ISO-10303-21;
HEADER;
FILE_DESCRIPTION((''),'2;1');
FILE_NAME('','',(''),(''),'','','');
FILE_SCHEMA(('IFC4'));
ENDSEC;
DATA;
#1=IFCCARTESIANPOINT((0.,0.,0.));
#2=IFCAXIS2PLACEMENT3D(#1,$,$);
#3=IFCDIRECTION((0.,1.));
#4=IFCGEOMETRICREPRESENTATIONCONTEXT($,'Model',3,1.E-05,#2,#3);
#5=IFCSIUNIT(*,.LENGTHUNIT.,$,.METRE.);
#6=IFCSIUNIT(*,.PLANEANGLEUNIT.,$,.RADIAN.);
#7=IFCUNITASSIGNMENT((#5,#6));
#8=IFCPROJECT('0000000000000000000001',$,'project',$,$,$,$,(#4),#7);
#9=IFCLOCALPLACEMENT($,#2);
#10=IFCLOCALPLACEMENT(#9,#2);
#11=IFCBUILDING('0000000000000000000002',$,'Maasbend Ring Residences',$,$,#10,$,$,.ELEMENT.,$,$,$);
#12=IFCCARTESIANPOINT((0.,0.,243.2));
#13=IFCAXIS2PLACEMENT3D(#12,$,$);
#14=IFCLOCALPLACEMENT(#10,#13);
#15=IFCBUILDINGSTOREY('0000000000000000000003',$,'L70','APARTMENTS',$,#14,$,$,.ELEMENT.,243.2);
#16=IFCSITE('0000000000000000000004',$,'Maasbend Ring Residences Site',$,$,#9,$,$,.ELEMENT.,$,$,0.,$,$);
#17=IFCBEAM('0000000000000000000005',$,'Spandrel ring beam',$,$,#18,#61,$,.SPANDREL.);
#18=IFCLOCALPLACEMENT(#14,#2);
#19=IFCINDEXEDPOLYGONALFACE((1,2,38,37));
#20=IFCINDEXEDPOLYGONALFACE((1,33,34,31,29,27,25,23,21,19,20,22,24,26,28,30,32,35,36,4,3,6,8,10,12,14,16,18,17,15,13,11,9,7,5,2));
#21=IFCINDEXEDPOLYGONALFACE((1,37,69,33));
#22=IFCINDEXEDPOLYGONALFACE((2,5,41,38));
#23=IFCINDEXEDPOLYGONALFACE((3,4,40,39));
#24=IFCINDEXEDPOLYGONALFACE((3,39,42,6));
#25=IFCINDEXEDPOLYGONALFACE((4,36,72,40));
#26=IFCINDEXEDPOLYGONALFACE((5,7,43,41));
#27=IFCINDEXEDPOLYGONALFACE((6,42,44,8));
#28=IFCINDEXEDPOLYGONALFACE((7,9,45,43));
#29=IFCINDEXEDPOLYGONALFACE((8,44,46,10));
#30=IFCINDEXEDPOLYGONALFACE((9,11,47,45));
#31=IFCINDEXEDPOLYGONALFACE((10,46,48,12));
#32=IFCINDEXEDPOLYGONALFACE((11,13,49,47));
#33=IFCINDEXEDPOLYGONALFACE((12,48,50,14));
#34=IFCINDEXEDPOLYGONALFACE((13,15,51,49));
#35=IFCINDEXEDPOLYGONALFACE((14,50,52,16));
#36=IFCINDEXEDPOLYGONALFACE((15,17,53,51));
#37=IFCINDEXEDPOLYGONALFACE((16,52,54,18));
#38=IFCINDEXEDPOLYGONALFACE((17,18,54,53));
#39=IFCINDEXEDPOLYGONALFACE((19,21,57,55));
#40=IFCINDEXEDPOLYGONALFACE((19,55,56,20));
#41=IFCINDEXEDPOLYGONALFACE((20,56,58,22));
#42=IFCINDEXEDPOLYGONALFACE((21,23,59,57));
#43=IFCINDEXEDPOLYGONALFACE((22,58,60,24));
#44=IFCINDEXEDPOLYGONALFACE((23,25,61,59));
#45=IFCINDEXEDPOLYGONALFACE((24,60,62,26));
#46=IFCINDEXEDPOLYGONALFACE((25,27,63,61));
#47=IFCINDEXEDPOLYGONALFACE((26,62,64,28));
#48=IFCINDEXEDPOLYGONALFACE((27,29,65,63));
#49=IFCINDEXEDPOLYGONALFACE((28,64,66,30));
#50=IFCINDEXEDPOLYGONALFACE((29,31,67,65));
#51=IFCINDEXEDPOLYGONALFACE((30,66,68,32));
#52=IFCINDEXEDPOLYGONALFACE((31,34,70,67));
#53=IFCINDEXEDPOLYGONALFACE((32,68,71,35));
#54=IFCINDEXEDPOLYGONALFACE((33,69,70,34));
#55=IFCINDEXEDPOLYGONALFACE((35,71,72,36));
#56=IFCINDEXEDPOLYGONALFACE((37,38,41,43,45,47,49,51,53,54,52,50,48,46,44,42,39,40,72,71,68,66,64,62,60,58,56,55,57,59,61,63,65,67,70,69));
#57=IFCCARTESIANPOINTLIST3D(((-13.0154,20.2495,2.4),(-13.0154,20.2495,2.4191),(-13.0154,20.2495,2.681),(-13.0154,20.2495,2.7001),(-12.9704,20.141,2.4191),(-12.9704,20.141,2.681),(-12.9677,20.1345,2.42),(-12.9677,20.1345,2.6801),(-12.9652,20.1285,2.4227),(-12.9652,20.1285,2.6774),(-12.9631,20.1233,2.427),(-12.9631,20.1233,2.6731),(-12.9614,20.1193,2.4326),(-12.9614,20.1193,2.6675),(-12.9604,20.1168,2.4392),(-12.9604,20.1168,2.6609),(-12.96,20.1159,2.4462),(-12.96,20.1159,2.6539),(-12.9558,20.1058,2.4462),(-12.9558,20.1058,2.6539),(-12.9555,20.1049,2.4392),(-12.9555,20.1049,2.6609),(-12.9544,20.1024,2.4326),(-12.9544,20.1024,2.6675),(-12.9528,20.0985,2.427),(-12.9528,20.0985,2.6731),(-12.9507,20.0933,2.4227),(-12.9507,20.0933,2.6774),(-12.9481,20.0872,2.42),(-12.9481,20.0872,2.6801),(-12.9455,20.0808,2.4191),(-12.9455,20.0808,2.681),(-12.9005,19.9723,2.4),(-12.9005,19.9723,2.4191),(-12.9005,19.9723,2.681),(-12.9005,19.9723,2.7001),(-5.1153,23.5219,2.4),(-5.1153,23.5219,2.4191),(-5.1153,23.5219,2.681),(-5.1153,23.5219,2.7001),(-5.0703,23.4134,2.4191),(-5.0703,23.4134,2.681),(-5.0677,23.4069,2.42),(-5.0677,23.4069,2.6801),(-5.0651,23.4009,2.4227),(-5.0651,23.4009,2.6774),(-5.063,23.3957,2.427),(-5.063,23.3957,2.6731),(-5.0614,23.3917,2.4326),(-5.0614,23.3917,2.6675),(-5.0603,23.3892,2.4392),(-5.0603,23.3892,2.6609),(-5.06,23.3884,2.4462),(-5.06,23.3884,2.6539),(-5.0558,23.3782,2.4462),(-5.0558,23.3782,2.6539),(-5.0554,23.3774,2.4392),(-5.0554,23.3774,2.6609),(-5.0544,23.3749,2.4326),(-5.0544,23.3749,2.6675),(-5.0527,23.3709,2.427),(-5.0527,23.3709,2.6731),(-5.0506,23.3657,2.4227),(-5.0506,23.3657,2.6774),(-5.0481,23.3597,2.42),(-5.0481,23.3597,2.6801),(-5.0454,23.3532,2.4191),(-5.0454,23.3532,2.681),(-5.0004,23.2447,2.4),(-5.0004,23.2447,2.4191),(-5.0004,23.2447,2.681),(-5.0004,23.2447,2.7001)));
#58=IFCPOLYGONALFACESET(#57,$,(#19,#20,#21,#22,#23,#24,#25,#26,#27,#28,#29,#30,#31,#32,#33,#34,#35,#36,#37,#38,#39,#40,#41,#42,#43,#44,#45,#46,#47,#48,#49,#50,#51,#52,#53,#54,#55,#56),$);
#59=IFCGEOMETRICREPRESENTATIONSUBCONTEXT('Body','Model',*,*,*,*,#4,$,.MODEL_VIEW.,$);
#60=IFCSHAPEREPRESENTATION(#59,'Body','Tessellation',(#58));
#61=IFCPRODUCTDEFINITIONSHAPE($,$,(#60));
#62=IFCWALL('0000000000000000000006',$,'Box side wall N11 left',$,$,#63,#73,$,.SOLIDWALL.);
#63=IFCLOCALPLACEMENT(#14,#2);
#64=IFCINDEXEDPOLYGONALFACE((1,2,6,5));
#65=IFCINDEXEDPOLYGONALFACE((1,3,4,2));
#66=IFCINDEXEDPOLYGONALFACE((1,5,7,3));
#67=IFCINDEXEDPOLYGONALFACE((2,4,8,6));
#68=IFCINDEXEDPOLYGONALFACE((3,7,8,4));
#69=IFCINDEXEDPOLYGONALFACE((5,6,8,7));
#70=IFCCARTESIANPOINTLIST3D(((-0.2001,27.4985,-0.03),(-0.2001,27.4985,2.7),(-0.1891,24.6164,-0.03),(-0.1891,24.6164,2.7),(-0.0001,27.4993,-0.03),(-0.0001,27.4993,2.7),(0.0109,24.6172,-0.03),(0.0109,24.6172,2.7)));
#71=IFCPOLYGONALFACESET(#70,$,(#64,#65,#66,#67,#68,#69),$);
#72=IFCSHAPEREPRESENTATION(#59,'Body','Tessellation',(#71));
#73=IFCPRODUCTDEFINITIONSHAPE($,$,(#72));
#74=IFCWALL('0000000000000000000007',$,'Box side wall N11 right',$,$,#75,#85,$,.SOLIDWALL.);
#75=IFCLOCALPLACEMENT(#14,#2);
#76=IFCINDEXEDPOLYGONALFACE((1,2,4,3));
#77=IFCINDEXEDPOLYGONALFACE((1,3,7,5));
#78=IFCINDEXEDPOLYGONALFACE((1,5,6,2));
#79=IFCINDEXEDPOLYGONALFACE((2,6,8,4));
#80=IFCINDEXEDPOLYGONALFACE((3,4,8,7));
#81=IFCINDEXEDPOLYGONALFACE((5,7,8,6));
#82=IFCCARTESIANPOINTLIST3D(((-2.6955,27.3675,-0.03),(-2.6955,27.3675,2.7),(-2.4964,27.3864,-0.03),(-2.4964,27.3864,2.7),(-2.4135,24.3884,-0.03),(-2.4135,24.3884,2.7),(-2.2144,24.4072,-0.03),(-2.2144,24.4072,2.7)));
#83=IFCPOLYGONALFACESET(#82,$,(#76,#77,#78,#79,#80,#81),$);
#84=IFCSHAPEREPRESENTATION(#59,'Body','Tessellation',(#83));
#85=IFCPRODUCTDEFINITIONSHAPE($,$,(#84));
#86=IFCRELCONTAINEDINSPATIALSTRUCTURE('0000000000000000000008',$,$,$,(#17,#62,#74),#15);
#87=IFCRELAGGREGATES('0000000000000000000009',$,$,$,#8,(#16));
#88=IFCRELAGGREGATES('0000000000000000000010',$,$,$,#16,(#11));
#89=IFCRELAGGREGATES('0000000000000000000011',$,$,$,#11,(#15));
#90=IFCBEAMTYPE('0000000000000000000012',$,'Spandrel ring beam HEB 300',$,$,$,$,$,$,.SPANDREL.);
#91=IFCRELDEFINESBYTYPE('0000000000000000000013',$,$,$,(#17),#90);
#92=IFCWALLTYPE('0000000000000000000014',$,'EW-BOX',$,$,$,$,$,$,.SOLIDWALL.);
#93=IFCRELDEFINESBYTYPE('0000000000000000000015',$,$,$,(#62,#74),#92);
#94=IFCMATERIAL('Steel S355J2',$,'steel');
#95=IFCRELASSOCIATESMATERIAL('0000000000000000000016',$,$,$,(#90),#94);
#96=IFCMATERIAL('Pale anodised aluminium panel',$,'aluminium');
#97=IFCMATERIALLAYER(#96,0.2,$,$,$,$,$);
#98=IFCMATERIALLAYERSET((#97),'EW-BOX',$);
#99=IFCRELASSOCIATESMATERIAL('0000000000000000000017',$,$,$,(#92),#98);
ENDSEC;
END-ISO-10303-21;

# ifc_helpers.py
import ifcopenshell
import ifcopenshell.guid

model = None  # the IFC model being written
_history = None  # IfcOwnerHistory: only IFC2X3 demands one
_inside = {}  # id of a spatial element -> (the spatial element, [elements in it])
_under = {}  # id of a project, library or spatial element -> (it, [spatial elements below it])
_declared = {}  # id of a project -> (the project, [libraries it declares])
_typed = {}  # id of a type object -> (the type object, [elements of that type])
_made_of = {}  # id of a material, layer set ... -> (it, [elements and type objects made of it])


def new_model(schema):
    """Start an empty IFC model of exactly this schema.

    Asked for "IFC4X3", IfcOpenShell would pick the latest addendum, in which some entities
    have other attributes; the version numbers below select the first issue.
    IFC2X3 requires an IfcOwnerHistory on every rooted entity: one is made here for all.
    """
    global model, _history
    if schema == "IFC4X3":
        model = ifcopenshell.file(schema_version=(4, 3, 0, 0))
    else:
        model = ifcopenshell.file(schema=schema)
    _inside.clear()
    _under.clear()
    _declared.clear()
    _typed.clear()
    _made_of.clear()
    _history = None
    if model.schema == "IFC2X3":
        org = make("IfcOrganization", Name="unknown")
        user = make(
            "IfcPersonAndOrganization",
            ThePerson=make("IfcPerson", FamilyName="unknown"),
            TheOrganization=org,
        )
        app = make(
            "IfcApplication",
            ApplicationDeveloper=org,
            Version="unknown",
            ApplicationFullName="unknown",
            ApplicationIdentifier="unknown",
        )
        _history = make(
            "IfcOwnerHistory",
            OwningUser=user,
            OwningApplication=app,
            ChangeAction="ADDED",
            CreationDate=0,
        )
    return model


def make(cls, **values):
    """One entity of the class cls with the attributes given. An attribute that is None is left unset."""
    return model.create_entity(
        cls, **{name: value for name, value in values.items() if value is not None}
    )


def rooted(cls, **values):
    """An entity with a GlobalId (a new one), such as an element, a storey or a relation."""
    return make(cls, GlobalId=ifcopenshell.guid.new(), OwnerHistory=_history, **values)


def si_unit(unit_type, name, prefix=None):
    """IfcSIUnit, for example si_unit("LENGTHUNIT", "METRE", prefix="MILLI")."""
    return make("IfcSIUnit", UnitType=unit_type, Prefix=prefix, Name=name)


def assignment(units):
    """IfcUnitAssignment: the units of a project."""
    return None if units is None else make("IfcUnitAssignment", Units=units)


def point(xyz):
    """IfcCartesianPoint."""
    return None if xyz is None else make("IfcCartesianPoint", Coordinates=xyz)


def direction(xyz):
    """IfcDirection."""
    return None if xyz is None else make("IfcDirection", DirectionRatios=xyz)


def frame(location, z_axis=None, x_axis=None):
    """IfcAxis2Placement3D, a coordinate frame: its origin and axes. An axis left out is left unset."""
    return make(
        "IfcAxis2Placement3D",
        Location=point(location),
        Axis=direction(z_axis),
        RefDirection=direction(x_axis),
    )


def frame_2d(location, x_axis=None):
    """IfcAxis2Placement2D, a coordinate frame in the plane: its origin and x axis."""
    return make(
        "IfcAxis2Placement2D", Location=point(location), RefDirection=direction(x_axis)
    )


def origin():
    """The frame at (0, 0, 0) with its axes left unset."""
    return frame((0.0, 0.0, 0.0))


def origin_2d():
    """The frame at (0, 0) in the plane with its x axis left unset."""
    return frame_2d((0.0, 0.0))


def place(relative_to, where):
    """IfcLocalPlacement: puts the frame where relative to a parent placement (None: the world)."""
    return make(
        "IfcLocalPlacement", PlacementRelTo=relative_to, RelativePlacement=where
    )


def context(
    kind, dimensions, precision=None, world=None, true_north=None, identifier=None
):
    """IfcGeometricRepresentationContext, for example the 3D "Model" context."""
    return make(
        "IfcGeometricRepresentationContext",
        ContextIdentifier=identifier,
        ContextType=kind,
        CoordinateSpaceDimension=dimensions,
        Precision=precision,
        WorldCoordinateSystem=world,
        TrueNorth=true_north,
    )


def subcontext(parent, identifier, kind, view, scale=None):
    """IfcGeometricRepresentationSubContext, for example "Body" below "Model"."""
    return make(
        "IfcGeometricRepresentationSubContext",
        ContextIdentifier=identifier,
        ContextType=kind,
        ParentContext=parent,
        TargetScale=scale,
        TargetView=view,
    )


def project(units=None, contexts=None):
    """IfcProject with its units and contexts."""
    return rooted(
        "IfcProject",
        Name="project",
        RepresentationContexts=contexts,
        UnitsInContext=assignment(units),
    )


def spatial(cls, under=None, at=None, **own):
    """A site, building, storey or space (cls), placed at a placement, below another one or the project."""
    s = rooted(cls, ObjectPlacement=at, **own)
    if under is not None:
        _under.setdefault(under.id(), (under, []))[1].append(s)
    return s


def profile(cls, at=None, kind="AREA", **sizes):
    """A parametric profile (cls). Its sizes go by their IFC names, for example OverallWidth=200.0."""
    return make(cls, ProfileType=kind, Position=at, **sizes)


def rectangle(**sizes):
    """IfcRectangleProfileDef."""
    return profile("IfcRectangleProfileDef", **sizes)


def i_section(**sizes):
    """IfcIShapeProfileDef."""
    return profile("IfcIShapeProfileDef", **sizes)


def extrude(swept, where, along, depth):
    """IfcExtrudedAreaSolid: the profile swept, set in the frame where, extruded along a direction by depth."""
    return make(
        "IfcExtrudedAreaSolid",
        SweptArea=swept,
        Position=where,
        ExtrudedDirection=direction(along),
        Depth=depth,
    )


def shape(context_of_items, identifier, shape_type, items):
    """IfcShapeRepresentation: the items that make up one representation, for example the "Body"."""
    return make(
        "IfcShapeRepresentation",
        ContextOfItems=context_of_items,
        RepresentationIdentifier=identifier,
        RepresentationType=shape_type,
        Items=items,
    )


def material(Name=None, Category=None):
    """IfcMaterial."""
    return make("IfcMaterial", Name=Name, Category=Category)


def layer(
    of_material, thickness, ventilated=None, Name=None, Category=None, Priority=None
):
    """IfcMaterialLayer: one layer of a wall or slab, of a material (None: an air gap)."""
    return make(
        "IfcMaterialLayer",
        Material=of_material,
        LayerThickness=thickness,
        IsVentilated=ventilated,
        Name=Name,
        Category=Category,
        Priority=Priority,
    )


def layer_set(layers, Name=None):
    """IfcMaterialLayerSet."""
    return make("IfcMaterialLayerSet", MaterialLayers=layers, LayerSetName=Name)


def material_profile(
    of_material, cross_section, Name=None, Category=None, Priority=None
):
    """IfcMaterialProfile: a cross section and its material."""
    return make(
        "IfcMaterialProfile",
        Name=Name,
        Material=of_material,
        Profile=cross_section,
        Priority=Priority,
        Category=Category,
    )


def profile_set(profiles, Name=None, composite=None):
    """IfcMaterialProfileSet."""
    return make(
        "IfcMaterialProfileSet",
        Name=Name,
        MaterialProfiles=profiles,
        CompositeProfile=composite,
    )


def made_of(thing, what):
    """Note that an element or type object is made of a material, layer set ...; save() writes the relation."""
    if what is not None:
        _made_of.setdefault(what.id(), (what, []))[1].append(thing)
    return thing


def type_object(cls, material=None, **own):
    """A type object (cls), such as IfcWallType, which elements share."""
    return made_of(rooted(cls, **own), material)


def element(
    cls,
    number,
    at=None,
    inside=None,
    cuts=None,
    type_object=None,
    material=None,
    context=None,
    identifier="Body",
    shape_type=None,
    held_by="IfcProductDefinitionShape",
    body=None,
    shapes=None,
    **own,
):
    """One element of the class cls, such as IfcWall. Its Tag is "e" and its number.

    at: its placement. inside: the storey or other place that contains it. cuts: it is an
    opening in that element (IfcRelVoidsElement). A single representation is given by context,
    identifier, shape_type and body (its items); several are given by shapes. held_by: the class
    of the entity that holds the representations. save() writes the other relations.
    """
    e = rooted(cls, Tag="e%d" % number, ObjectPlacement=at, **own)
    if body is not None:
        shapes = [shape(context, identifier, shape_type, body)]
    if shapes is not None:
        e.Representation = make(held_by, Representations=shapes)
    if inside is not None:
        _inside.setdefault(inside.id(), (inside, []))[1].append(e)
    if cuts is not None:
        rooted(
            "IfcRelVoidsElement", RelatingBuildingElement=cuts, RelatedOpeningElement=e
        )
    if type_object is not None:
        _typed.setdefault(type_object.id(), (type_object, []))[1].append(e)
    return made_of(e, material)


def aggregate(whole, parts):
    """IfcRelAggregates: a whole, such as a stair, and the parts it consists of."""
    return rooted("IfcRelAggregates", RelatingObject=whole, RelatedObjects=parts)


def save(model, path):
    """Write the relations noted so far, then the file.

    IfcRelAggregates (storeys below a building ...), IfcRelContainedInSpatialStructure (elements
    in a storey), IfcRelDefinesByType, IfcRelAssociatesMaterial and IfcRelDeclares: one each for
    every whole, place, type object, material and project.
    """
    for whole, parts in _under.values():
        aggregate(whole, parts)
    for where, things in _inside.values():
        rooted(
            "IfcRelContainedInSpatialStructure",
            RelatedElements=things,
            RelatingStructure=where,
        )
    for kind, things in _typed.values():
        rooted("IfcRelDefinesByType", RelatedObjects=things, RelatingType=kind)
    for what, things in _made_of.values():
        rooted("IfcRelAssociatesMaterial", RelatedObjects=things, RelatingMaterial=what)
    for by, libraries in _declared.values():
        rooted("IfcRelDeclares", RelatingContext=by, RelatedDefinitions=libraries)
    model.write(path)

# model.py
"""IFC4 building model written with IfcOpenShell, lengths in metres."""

from ifc_helpers import new_model, si_unit, direction, frame, frame_2d, origin, origin_2d, place, context, subcontext, project, spatial, rectangle, i_section, extrude, material, layer, layer_set, material_profile, profile_set, type_object, element, save


model = new_model("IFC4")

# Units and contexts
model_context = context("Model", 3, precision=1e-05, world=origin(), true_north=direction((0.0, 1.0)))
body_context = subcontext(model_context, "Body", "Model", "MODEL_VIEW")
ifc_project = project(units=[si_unit("LENGTHUNIT", "METRE"), si_unit("PLANEANGLEUNIT", "RADIAN")], contexts=[model_context])

# Site, building, storey
site_placement = place(None, origin())
site = spatial("IfcSite", under=ifc_project, at=site_placement, Name="Maasbend Ring Residences Site", CompositionType="ELEMENT", RefElevation=0.0)
building_placement = place(site_placement, origin())
building = spatial("IfcBuilding", under=site, at=building_placement, Name="Maasbend Ring Residences", CompositionType="ELEMENT")
storey_placement = place(building_placement, frame((0.0, 0.0, 243.2)))
storey = spatial("IfcBuildingStorey", under=building, at=storey_placement, Name="L70", Description="APARTMENTS", CompositionType="ELEMENT", Elevation=243.2)

# Beam
ifc_material_1 = material(Name="Steel S355J2", Category="steel")
ifc_material_profile_1 = material_profile(ifc_material_1, i_section(OverallWidth=0.3, OverallDepth=0.3, WebThickness=0.011, FlangeThickness=0.019, FilletRadius=0.0271, at=origin_2d()), Name="HEB 300")
ifc_profile_set_1 = profile_set([ifc_material_profile_1], Name="Steel S355J2")
beam_type = type_object("IfcBeamType", Name="Spandrel ring beam HEB 300", PredefinedType="SPANDREL", material=ifc_profile_set_1)
beam_placement = place(storey_placement, frame((-5.0579, 23.3833, 2.55), z_axis=(-0.923875, -0.382695, 0.0), x_axis=(0.382695, -0.923875, 0.0)))
element("IfcBeam", 1, at=beam_placement, inside=storey, type_object=beam_type, Name="Spandrel ring beam", PredefinedType="SPANDREL", context=body_context, shape_type="SweptSolid", body=[
    extrude(i_section(OverallWidth=0.3, OverallDepth=0.3, WebThickness=0.011, FlangeThickness=0.019, FilletRadius=0.0271, at=origin_2d()), origin(), (0.0, 0.0, 1.0), 8.551),
])

# Walls
ifc_material_2 = material(Name="Pale anodised aluminium panel", Category="aluminium")
ifc_layer_1 = layer(ifc_material_2, 0.2)
ifc_layer_set_1 = layer_set([ifc_layer_1], Name="EW-BOX")
wall_type_1 = type_object("IfcWallType", Name="EW-BOX", PredefinedType="SOLIDWALL", material=ifc_layer_set_1)
wall_1_placement = place(storey_placement, frame((-0.0891, 24.6169, -0.03), z_axis=(0.0, 0.0, 1.0), x_axis=(-0.003812, 0.999993, 0.0)))
element("IfcWall", 2, at=wall_1_placement, inside=storey, type_object=wall_type_1, Name="Box side wall N11 left", PredefinedType="SOLIDWALL", context=body_context, shape_type="SweptSolid", body=[
    extrude(rectangle(XDim=2.8821, YDim=0.2, at=frame_2d((1.4409, 0.0))), origin(), (0.0, 0.0, 1.0), 2.73),
])
wall_2_placement = place(storey_placement, frame((-2.314, 24.3979, -0.03), z_axis=(0.0, 0.0, 1.0), x_axis=(-0.094235, 0.99555, 0.0)))
element("IfcWall", 3, at=wall_2_placement, inside=storey, type_object=wall_type_1, Name="Box side wall N11 right", PredefinedType="SOLIDWALL", context=body_context, shape_type="SweptSolid", body=[
    extrude(rectangle(XDim=2.9924, YDim=0.2, at=frame_2d((1.4961, 0.0))), origin(), (0.0, 0.0, 1.0), 2.73),
])

save(model, "model.ifc")
